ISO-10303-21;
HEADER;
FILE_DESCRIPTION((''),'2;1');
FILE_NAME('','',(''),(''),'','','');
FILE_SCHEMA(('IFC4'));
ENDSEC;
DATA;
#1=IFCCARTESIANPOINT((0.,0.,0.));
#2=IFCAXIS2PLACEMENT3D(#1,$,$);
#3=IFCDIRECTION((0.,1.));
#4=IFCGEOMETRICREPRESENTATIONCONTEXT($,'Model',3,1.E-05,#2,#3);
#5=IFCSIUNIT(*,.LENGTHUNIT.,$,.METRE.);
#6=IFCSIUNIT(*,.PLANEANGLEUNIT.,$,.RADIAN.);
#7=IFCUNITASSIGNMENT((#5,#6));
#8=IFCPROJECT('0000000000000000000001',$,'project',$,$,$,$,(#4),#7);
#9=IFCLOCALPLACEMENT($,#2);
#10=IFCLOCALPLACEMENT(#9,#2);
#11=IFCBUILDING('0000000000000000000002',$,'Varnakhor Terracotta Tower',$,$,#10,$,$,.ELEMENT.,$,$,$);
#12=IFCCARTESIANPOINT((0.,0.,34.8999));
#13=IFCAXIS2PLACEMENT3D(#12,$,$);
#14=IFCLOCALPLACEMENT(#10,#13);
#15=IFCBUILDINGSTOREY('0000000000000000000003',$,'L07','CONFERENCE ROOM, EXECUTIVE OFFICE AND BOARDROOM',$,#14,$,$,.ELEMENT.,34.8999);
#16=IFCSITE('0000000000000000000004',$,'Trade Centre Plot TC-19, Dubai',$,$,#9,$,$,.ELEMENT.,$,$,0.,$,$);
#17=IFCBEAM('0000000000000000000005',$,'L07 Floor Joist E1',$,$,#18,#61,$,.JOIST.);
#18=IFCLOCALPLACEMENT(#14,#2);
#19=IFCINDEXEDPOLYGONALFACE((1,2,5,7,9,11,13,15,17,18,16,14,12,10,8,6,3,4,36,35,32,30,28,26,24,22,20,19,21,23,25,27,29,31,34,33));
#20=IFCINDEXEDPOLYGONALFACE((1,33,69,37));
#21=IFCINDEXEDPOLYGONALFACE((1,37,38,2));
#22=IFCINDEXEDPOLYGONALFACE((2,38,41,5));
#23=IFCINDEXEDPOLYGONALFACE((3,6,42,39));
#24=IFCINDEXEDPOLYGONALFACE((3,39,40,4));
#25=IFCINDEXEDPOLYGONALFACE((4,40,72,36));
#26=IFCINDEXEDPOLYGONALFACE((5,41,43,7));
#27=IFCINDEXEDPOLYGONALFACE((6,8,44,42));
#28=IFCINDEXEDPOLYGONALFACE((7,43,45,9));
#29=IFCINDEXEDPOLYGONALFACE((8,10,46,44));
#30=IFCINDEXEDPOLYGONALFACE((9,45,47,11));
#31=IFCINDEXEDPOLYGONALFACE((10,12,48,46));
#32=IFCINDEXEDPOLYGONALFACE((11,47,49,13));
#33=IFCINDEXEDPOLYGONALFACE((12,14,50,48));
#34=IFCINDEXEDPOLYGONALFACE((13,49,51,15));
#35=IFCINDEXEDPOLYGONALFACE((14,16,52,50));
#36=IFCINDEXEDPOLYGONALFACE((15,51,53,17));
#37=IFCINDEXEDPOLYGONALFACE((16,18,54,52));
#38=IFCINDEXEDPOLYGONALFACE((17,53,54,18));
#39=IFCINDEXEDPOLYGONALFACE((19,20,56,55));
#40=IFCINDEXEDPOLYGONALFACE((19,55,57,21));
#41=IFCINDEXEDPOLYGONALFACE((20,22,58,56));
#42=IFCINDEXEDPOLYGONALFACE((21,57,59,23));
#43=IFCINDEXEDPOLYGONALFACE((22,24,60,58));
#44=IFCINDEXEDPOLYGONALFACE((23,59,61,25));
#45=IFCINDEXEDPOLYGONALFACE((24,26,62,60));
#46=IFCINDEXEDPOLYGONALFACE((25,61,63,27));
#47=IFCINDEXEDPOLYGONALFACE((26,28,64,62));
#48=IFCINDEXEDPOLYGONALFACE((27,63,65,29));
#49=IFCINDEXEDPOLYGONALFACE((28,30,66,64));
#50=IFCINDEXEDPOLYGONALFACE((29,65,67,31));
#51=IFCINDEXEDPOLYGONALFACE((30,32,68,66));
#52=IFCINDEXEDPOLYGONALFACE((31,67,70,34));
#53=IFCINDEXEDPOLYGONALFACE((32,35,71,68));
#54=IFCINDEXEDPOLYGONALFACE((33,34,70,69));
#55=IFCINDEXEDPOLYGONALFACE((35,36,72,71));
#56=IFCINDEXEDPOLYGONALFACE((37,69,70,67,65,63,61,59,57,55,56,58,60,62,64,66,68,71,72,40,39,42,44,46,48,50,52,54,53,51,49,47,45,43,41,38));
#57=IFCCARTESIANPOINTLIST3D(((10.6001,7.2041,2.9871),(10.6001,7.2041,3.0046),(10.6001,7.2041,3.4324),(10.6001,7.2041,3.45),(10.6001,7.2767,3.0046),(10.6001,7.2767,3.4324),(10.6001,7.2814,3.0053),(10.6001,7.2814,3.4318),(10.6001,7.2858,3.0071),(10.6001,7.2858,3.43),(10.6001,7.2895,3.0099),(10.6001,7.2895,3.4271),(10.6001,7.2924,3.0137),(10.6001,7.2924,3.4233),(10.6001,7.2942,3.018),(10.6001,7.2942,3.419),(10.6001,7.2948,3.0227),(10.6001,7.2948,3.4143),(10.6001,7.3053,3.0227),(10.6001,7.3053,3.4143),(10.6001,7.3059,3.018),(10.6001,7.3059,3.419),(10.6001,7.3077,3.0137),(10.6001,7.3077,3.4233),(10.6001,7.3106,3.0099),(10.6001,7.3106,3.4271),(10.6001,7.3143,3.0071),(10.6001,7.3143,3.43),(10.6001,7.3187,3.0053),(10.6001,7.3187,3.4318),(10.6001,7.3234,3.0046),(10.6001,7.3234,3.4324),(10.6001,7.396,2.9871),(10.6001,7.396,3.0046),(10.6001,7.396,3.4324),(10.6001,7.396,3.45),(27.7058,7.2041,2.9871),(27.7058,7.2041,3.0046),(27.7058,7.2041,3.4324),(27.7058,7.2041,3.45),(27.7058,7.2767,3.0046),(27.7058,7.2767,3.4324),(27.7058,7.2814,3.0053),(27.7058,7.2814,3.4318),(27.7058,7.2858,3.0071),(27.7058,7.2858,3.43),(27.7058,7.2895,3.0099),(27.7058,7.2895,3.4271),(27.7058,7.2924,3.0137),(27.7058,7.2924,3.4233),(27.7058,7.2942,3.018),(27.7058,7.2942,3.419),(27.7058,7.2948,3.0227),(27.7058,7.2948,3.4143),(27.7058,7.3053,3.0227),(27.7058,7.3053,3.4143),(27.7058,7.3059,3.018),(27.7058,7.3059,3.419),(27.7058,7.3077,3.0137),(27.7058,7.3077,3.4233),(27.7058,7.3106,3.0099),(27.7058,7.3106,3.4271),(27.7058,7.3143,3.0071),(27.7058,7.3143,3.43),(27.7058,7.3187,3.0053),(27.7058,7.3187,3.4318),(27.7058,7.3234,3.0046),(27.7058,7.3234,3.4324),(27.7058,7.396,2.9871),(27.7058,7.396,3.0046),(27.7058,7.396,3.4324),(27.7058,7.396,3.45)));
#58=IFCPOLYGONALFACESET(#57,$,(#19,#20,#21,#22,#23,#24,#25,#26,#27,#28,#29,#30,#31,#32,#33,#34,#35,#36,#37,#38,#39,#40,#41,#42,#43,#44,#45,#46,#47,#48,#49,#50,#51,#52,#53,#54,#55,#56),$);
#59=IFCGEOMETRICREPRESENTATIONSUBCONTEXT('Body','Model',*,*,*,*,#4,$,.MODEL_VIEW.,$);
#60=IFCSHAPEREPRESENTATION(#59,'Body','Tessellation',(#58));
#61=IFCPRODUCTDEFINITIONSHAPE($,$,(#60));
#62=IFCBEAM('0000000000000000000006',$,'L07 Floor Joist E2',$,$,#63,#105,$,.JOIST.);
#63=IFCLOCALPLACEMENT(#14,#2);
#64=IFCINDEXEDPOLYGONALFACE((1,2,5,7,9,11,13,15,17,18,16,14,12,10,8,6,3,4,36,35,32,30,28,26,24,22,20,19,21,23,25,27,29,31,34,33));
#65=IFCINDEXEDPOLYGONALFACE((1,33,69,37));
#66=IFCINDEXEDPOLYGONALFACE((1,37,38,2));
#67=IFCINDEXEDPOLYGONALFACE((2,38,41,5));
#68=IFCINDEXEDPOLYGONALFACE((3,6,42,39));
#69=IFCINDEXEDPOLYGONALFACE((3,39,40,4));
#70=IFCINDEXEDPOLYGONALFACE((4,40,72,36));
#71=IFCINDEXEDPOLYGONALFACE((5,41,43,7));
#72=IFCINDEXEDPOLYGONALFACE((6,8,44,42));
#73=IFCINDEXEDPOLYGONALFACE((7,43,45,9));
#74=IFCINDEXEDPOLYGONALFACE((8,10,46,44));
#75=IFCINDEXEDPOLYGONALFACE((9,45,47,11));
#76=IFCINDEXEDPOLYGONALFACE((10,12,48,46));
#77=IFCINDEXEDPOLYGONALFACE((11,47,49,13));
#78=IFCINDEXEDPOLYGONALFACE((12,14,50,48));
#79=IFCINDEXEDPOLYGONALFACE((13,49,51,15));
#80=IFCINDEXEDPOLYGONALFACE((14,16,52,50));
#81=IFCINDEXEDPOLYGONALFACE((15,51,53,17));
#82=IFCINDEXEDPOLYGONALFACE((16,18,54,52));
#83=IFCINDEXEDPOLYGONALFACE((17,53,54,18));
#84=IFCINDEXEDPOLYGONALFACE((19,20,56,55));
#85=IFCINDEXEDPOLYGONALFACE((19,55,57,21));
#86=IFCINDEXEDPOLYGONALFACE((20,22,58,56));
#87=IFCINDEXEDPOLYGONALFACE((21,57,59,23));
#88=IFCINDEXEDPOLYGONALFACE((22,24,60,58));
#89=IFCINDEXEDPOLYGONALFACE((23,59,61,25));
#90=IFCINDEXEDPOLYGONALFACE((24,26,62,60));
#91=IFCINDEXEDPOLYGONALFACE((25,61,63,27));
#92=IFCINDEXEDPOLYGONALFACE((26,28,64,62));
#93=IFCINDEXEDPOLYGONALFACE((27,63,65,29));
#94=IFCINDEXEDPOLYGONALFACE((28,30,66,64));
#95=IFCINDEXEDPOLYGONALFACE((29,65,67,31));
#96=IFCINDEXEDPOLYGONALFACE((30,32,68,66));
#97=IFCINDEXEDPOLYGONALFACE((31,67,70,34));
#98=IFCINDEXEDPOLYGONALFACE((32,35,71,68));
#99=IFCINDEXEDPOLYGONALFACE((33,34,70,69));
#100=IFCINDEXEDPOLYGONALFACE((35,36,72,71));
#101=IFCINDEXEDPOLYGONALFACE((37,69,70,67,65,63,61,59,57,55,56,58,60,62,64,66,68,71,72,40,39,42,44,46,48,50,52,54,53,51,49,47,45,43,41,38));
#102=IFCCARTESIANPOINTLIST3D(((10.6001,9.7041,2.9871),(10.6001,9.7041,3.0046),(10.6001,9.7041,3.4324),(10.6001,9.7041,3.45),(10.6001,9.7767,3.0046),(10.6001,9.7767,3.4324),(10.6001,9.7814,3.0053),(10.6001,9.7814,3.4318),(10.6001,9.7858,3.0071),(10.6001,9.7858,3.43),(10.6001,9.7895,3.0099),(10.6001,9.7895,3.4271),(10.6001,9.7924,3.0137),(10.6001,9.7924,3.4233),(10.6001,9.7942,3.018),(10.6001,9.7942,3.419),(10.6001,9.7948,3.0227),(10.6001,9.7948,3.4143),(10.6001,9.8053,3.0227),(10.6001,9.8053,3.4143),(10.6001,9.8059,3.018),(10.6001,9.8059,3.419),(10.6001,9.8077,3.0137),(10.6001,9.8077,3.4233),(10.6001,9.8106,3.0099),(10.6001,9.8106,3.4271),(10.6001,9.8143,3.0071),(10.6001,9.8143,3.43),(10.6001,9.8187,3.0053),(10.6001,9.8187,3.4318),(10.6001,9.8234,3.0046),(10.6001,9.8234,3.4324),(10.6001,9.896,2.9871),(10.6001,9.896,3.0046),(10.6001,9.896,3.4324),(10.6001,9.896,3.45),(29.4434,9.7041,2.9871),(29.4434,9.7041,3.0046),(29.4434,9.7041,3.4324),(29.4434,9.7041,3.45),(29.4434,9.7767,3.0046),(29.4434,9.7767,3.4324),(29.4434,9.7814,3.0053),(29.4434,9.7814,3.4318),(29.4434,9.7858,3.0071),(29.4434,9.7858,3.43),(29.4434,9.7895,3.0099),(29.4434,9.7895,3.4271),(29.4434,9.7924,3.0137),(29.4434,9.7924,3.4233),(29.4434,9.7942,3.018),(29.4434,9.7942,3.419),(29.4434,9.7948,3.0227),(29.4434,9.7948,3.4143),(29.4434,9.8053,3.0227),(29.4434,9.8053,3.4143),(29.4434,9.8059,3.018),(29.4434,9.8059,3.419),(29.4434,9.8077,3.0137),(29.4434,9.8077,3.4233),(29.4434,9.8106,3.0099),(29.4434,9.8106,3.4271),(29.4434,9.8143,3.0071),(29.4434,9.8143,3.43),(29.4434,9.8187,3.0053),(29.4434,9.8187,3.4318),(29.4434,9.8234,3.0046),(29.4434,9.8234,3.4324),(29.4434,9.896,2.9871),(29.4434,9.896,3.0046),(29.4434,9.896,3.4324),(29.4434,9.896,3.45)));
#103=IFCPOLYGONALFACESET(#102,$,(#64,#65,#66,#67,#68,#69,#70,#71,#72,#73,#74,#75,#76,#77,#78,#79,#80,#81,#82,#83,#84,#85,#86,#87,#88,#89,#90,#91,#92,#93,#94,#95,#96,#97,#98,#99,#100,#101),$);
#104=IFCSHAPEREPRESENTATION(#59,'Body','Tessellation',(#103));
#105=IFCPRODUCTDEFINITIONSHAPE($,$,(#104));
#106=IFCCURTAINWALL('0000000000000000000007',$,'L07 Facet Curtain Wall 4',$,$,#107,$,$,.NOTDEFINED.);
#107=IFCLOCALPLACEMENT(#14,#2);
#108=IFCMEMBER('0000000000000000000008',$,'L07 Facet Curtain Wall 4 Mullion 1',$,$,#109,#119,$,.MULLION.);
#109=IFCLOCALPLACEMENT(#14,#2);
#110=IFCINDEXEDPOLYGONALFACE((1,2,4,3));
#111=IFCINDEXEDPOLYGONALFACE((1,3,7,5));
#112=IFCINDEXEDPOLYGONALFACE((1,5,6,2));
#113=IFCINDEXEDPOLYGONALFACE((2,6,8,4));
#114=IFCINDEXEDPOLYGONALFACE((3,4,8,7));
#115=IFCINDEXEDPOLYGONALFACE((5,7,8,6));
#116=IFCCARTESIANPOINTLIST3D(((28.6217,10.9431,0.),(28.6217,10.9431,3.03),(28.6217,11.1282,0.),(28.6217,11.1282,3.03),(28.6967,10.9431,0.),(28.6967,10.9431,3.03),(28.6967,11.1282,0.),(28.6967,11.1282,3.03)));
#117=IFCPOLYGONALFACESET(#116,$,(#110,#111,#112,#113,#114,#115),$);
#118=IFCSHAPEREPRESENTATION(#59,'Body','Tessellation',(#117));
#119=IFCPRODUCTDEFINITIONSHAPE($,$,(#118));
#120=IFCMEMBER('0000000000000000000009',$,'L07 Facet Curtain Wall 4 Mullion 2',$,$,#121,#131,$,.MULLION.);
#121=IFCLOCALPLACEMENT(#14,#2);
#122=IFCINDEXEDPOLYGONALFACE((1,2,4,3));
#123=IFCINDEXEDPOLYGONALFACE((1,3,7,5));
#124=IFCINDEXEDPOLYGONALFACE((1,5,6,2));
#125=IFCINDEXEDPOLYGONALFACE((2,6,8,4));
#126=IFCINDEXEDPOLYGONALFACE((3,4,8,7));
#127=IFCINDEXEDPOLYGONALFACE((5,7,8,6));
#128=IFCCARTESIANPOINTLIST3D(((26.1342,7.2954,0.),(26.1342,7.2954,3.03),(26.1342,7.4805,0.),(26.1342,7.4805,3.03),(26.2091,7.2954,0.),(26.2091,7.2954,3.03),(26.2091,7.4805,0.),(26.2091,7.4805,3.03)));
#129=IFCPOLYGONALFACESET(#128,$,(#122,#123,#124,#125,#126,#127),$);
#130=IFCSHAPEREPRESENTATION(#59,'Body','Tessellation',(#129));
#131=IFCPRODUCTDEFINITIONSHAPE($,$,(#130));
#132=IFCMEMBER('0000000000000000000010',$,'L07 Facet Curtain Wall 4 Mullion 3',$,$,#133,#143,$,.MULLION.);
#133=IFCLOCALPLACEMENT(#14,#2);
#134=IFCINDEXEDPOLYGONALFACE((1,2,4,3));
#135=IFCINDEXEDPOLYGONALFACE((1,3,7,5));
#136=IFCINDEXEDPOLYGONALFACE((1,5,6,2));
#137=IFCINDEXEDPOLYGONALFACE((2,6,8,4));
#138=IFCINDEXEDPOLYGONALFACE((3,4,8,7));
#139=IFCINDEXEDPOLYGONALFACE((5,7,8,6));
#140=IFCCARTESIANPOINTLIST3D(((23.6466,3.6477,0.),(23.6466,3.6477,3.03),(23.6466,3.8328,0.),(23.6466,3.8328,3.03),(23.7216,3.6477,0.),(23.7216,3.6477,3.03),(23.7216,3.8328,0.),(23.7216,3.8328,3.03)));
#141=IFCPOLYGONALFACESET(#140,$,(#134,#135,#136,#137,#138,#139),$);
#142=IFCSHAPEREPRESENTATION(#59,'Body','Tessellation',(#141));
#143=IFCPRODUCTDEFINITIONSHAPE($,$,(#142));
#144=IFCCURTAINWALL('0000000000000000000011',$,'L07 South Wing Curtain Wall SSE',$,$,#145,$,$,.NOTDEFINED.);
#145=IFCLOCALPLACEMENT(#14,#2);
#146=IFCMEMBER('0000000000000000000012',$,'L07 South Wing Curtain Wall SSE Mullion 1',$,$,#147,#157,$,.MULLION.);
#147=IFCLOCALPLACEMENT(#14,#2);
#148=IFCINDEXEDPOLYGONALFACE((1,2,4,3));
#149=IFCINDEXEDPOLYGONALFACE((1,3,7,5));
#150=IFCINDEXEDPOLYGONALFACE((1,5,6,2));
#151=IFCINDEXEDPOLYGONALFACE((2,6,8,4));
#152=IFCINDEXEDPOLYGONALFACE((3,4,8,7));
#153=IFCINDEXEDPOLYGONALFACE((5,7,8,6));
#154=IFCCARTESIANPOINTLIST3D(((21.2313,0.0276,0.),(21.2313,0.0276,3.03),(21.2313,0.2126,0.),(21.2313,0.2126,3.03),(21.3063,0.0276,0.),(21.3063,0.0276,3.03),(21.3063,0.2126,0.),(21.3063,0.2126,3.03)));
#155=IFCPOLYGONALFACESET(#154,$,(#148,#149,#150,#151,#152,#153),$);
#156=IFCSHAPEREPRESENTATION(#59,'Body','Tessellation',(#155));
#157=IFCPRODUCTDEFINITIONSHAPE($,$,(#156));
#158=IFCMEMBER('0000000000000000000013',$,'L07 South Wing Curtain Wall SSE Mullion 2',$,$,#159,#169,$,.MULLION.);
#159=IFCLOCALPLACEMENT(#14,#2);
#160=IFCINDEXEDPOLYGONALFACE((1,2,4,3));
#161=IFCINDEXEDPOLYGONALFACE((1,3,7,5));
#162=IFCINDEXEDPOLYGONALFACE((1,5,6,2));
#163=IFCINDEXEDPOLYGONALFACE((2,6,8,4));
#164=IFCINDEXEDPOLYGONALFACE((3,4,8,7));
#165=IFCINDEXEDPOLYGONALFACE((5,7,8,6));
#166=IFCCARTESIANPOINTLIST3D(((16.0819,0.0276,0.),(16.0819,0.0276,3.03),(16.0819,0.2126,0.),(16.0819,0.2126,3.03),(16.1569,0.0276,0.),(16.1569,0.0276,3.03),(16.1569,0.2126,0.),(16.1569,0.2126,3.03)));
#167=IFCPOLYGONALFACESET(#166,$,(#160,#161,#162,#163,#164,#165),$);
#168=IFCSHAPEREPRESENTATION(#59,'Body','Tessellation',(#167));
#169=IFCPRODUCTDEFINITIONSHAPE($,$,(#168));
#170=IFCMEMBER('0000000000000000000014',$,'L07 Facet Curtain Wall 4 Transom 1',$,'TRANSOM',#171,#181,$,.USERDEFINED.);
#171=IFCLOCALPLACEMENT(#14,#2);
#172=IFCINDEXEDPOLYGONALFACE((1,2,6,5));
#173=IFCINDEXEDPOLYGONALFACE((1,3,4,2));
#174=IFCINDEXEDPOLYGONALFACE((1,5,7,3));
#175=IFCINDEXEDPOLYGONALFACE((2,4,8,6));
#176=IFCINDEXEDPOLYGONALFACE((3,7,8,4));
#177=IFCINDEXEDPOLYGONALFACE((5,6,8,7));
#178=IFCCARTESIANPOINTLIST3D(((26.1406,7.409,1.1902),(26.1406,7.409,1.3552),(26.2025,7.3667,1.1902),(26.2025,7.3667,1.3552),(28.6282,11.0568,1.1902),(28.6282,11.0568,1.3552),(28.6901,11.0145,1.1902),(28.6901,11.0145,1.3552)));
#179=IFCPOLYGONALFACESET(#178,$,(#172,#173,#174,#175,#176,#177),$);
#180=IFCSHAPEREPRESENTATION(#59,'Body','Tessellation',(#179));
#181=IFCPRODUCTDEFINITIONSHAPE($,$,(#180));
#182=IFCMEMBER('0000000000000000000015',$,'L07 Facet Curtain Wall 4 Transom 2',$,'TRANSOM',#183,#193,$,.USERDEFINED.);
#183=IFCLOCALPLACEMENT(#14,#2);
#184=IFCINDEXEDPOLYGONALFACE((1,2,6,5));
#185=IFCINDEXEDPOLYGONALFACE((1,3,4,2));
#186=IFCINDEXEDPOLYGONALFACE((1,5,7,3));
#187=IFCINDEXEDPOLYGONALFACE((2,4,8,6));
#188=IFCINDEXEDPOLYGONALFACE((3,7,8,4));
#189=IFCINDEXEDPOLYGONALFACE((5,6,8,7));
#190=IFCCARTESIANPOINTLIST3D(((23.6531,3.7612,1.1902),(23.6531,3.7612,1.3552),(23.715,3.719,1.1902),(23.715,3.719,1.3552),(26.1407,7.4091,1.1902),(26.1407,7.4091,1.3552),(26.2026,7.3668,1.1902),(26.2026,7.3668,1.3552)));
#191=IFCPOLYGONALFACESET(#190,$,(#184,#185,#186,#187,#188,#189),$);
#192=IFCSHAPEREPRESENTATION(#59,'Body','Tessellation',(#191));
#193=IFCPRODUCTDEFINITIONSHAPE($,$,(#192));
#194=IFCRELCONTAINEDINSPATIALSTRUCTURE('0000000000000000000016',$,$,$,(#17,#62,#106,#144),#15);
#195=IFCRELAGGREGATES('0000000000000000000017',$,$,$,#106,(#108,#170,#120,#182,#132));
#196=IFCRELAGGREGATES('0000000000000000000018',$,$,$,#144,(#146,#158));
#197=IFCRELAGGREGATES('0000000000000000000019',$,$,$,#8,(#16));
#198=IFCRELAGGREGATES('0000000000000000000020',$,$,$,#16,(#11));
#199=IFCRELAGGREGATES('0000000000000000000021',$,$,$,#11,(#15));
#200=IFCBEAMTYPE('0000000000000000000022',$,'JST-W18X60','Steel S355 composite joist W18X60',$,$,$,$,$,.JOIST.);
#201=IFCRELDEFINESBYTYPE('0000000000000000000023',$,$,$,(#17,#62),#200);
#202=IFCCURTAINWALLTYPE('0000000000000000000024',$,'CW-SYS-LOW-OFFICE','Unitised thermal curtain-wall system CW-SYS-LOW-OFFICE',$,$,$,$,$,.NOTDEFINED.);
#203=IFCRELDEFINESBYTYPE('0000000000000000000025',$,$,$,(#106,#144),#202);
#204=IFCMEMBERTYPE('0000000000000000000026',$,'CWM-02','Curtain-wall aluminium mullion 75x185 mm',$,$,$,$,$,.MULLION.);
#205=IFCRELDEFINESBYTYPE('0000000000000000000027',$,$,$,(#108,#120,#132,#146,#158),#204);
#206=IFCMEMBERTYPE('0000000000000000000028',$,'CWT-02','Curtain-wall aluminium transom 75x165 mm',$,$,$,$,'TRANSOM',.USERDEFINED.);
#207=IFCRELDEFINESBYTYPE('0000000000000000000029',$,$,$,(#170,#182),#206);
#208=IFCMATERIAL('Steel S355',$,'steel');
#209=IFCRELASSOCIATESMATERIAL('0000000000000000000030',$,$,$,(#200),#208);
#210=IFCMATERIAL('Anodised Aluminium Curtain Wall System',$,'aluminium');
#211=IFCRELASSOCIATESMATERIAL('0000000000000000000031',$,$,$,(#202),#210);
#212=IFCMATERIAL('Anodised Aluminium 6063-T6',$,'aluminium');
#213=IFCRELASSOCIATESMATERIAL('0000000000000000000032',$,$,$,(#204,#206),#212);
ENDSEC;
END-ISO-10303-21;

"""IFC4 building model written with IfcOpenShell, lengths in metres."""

from ifc_helpers import new_model, si_unit, direction, frame, origin, origin_2d, place, context, subcontext, project, spatial, rectangle, i_section, extrude, source, transform, mapped, material, material_profile, profile_set, type_object, type_shapes, element, aggregate, save


model = new_model("IFC4")

# Units and contexts
model_context = context("Model", 3, precision=1e-05, world=origin(), true_north=direction((0.0, 1.0)))
body_context = subcontext(model_context, "Body", "Model", "MODEL_VIEW")
ifc_project = project(units=[si_unit("LENGTHUNIT", "METRE"), si_unit("PLANEANGLEUNIT", "RADIAN")], contexts=[model_context])

# Site, building, storey
site_placement = place(None, origin())
site = spatial("IfcSite", under=ifc_project, at=site_placement, Name="Trade Centre Plot TC-19, Dubai", CompositionType="ELEMENT", RefElevation=0.0)
building_placement = place(site_placement, origin())
building = spatial("IfcBuilding", under=site, at=building_placement, Name="Varnakhor Terracotta Tower", CompositionType="ELEMENT")
storey_placement = place(building_placement, frame((0.0, 0.0, 34.8999)))
storey = spatial("IfcBuildingStorey", under=building, at=storey_placement, Name="L07", Description="CONFERENCE ROOM, EXECUTIVE OFFICE AND BOARDROOM", CompositionType="ELEMENT", Elevation=34.8999)

# Beams
ifc_material_1 = material(Name="Steel S355", Category="steel")
ifc_material_profile_1 = material_profile(ifc_material_1, i_section(OverallWidth=0.1919, OverallDepth=0.4629, WebThickness=0.0105, FlangeThickness=0.0176, FilletRadius=0.0181, at=origin_2d()), Name="W18X60")
ifc_profile_set_1 = profile_set([ifc_material_profile_1], Name="Steel S355")
beam_type_1 = type_object("IfcBeamType", Name="JST-W18X60", Description="Steel S355 composite joist W18X60", PredefinedType="JOIST", material=ifc_profile_set_1)
shared_shape_1 = source(origin(), body_context, "Body", "SweptSolid", [
    extrude(i_section(OverallWidth=0.1919, OverallDepth=0.4629, WebThickness=0.0105, FlangeThickness=0.0176, FilletRadius=0.0181, at=origin_2d()), origin(), (0.0, 0.0, 1.0), 17.1057),
])
beam_1_placement = place(storey_placement, frame((10.6001, 7.3, 3.2185), z_axis=(1.0, 0.0, 0.0), x_axis=(0.0, 1.0, 0.0)))
element("IfcBeam", 1, at=beam_1_placement, inside=storey, type_object=beam_type_1, Name="L07 Floor Joist E1", PredefinedType="JOIST", context=body_context, shape_type="MappedRepresentation", body=[
    mapped(shared_shape_1, transform((0.0, 0.0, 0.0), scale=1.0)),
])
shared_shape_2 = source(origin(), body_context, "Body", "SweptSolid", [
    extrude(i_section(OverallWidth=0.1919, OverallDepth=0.4629, WebThickness=0.0105, FlangeThickness=0.0176, FilletRadius=0.0181, at=origin_2d()), origin(), (0.0, 0.0, 1.0), 18.8433),
])
beam_2_placement = place(storey_placement, frame((10.6001, 9.8, 3.2185), z_axis=(1.0, 0.0, 0.0), x_axis=(0.0, 1.0, 0.0)))
element("IfcBeam", 2, at=beam_2_placement, inside=storey, type_object=beam_type_1, Name="L07 Floor Joist E2", PredefinedType="JOIST", context=body_context, shape_type="MappedRepresentation", body=[
    mapped(shared_shape_2, transform((0.0, 0.0, 0.0), scale=1.0)),
])

# Curtain walls, members
ifc_material_2 = material(Name="Anodised Aluminium Curtain Wall System", Category="aluminium")
curtain_wall_type = type_object("IfcCurtainWallType", Name="CW-SYS-LOW-OFFICE", Description="Unitised thermal curtain-wall system CW-SYS-LOW-OFFICE", PredefinedType="NOTDEFINED", material=ifc_material_2)
curtain_wall_1_placement = place(storey_placement, origin())
curtain_wall_1 = element("IfcCurtainWall", 3, at=curtain_wall_1_placement, inside=storey, type_object=curtain_wall_type, Name="L07 Facet Curtain Wall 4", PredefinedType="NOTDEFINED")
ifc_material_3 = material(Name="Anodised Aluminium 6063-T6", Category="aluminium")
ifc_material_profile_2 = material_profile(ifc_material_3, rectangle(XDim=0.075, YDim=0.1851, at=origin_2d()), Name="ALU MULLION 75x185")
ifc_profile_set_2 = profile_set([ifc_material_profile_2], Name="Anodised Aluminium 6063-T6")
member_type_1 = type_object("IfcMemberType", Name="CWM-02", Description="Curtain-wall aluminium mullion 75x185 mm", PredefinedType="MULLION", material=ifc_profile_set_2)
shared_shape_3 = source(origin(), body_context, "Body", "SweptSolid", [
    extrude(rectangle(XDim=0.075, YDim=0.1851, at=origin_2d()), origin(), (0.0, 0.0, 1.0), 3.03),
])
type_shapes(member_type_1, [shared_shape_3])
member_1_placement = place(storey_placement, frame((28.6592, 11.0356, 0.0), z_axis=(0.0, 0.0, 1.0), x_axis=(1.0, 0.0, 0.0)))
member_1 = element("IfcMember", 4, at=member_1_placement, type_object=member_type_1, Name="L07 Facet Curtain Wall 4 Mullion 1", PredefinedType="MULLION", context=body_context, shape_type="MappedRepresentation", body=[
    mapped(shared_shape_3, transform((0.0, 0.0, 0.0), scale=1.0)),
])
member_2_placement = place(storey_placement, frame((26.1716, 7.3879, 0.0), z_axis=(0.0, 0.0, 1.0), x_axis=(1.0, 0.0, 0.0)))
member_2 = element("IfcMember", 5, at=member_2_placement, type_object=member_type_1, Name="L07 Facet Curtain Wall 4 Mullion 2", PredefinedType="MULLION", context=body_context, shape_type="MappedRepresentation", body=[
    mapped(shared_shape_3, transform((0.0, 0.0, 0.0), scale=1.0)),
])
member_3_placement = place(storey_placement, frame((23.6841, 3.7402, 0.0), z_axis=(0.0, 0.0, 1.0), x_axis=(1.0, 0.0, 0.0)))
member_3 = element("IfcMember", 6, at=member_3_placement, type_object=member_type_1, Name="L07 Facet Curtain Wall 4 Mullion 3", PredefinedType="MULLION", context=body_context, shape_type="MappedRepresentation", body=[
    mapped(shared_shape_3, transform((0.0, 0.0, 0.0), scale=1.0)),
])
curtain_wall_2_placement = place(storey_placement, origin())
curtain_wall_2 = element("IfcCurtainWall", 7, at=curtain_wall_2_placement, inside=storey, type_object=curtain_wall_type, Name="L07 South Wing Curtain Wall SSE", PredefinedType="NOTDEFINED")
member_4_placement = place(storey_placement, frame((21.2688, 0.1201, 0.0), z_axis=(0.0, 0.0, 1.0), x_axis=(1.0, 0.0, 0.0)))
member_4 = element("IfcMember", 8, at=member_4_placement, type_object=member_type_1, Name="L07 South Wing Curtain Wall SSE Mullion 1", PredefinedType="MULLION", context=body_context, shape_type="MappedRepresentation", body=[
    mapped(shared_shape_3, transform((0.0, 0.0, 0.0), scale=1.0)),
])
member_5_placement = place(storey_placement, frame((16.1194, 0.1201, 0.0), z_axis=(0.0, 0.0, 1.0), x_axis=(1.0, 0.0, 0.0)))
member_5 = element("IfcMember", 9, at=member_5_placement, type_object=member_type_1, Name="L07 South Wing Curtain Wall SSE Mullion 2", PredefinedType="MULLION", context=body_context, shape_type="MappedRepresentation", body=[
    mapped(shared_shape_3, transform((0.0, 0.0, 0.0), scale=1.0)),
])

# Members
ifc_material_profile_3 = material_profile(ifc_material_3, rectangle(XDim=0.075, YDim=0.165, at=origin_2d()), Name="ALU TRANSOM 75x165")
ifc_profile_set_3 = profile_set([ifc_material_profile_3], Name="Anodised Aluminium 6063-T6")
member_type_2 = type_object("IfcMemberType", Name="CWT-02", Description="Curtain-wall aluminium transom 75x165 mm", ElementType="TRANSOM", PredefinedType="USERDEFINED", material=ifc_profile_set_3)
shared_shape_4 = source(origin(), body_context, "Body", "SweptSolid", [
    extrude(rectangle(XDim=0.075, YDim=0.165, at=origin_2d()), origin(), (0.0, 0.0, 1.0), 4.4153),
])
member_6_placement = place(storey_placement, frame((28.6592, 11.0356, 1.2727), z_axis=(-0.563411, -0.826177, 0.0), x_axis=(0.826177, -0.563411, 0.0)))
member_6 = element("IfcMember", 10, at=member_6_placement, type_object=member_type_2, Name="L07 Facet Curtain Wall 4 Transom 1", ObjectType="TRANSOM", PredefinedType="USERDEFINED", context=body_context, shape_type="MappedRepresentation", body=[
    mapped(shared_shape_4, transform((0.0, 0.0, 0.0), scale=1.0)),
])
member_7_placement = place(storey_placement, frame((26.1716, 7.3879, 1.2727), z_axis=(-0.563411, -0.826177, 0.0), x_axis=(0.826177, -0.563411, 0.0)))
member_7 = element("IfcMember", 11, at=member_7_placement, type_object=member_type_2, Name="L07 Facet Curtain Wall 4 Transom 2", ObjectType="TRANSOM", PredefinedType="USERDEFINED", context=body_context, shape_type="MappedRepresentation", body=[
    mapped(shared_shape_4, transform((0.0, 0.0, 0.0), scale=1.0)),
])

aggregate(curtain_wall_1, [member_1, member_6, member_2, member_7, member_3])
aggregate(curtain_wall_2, [member_4, member_5])

save(model, "model.ifc")
